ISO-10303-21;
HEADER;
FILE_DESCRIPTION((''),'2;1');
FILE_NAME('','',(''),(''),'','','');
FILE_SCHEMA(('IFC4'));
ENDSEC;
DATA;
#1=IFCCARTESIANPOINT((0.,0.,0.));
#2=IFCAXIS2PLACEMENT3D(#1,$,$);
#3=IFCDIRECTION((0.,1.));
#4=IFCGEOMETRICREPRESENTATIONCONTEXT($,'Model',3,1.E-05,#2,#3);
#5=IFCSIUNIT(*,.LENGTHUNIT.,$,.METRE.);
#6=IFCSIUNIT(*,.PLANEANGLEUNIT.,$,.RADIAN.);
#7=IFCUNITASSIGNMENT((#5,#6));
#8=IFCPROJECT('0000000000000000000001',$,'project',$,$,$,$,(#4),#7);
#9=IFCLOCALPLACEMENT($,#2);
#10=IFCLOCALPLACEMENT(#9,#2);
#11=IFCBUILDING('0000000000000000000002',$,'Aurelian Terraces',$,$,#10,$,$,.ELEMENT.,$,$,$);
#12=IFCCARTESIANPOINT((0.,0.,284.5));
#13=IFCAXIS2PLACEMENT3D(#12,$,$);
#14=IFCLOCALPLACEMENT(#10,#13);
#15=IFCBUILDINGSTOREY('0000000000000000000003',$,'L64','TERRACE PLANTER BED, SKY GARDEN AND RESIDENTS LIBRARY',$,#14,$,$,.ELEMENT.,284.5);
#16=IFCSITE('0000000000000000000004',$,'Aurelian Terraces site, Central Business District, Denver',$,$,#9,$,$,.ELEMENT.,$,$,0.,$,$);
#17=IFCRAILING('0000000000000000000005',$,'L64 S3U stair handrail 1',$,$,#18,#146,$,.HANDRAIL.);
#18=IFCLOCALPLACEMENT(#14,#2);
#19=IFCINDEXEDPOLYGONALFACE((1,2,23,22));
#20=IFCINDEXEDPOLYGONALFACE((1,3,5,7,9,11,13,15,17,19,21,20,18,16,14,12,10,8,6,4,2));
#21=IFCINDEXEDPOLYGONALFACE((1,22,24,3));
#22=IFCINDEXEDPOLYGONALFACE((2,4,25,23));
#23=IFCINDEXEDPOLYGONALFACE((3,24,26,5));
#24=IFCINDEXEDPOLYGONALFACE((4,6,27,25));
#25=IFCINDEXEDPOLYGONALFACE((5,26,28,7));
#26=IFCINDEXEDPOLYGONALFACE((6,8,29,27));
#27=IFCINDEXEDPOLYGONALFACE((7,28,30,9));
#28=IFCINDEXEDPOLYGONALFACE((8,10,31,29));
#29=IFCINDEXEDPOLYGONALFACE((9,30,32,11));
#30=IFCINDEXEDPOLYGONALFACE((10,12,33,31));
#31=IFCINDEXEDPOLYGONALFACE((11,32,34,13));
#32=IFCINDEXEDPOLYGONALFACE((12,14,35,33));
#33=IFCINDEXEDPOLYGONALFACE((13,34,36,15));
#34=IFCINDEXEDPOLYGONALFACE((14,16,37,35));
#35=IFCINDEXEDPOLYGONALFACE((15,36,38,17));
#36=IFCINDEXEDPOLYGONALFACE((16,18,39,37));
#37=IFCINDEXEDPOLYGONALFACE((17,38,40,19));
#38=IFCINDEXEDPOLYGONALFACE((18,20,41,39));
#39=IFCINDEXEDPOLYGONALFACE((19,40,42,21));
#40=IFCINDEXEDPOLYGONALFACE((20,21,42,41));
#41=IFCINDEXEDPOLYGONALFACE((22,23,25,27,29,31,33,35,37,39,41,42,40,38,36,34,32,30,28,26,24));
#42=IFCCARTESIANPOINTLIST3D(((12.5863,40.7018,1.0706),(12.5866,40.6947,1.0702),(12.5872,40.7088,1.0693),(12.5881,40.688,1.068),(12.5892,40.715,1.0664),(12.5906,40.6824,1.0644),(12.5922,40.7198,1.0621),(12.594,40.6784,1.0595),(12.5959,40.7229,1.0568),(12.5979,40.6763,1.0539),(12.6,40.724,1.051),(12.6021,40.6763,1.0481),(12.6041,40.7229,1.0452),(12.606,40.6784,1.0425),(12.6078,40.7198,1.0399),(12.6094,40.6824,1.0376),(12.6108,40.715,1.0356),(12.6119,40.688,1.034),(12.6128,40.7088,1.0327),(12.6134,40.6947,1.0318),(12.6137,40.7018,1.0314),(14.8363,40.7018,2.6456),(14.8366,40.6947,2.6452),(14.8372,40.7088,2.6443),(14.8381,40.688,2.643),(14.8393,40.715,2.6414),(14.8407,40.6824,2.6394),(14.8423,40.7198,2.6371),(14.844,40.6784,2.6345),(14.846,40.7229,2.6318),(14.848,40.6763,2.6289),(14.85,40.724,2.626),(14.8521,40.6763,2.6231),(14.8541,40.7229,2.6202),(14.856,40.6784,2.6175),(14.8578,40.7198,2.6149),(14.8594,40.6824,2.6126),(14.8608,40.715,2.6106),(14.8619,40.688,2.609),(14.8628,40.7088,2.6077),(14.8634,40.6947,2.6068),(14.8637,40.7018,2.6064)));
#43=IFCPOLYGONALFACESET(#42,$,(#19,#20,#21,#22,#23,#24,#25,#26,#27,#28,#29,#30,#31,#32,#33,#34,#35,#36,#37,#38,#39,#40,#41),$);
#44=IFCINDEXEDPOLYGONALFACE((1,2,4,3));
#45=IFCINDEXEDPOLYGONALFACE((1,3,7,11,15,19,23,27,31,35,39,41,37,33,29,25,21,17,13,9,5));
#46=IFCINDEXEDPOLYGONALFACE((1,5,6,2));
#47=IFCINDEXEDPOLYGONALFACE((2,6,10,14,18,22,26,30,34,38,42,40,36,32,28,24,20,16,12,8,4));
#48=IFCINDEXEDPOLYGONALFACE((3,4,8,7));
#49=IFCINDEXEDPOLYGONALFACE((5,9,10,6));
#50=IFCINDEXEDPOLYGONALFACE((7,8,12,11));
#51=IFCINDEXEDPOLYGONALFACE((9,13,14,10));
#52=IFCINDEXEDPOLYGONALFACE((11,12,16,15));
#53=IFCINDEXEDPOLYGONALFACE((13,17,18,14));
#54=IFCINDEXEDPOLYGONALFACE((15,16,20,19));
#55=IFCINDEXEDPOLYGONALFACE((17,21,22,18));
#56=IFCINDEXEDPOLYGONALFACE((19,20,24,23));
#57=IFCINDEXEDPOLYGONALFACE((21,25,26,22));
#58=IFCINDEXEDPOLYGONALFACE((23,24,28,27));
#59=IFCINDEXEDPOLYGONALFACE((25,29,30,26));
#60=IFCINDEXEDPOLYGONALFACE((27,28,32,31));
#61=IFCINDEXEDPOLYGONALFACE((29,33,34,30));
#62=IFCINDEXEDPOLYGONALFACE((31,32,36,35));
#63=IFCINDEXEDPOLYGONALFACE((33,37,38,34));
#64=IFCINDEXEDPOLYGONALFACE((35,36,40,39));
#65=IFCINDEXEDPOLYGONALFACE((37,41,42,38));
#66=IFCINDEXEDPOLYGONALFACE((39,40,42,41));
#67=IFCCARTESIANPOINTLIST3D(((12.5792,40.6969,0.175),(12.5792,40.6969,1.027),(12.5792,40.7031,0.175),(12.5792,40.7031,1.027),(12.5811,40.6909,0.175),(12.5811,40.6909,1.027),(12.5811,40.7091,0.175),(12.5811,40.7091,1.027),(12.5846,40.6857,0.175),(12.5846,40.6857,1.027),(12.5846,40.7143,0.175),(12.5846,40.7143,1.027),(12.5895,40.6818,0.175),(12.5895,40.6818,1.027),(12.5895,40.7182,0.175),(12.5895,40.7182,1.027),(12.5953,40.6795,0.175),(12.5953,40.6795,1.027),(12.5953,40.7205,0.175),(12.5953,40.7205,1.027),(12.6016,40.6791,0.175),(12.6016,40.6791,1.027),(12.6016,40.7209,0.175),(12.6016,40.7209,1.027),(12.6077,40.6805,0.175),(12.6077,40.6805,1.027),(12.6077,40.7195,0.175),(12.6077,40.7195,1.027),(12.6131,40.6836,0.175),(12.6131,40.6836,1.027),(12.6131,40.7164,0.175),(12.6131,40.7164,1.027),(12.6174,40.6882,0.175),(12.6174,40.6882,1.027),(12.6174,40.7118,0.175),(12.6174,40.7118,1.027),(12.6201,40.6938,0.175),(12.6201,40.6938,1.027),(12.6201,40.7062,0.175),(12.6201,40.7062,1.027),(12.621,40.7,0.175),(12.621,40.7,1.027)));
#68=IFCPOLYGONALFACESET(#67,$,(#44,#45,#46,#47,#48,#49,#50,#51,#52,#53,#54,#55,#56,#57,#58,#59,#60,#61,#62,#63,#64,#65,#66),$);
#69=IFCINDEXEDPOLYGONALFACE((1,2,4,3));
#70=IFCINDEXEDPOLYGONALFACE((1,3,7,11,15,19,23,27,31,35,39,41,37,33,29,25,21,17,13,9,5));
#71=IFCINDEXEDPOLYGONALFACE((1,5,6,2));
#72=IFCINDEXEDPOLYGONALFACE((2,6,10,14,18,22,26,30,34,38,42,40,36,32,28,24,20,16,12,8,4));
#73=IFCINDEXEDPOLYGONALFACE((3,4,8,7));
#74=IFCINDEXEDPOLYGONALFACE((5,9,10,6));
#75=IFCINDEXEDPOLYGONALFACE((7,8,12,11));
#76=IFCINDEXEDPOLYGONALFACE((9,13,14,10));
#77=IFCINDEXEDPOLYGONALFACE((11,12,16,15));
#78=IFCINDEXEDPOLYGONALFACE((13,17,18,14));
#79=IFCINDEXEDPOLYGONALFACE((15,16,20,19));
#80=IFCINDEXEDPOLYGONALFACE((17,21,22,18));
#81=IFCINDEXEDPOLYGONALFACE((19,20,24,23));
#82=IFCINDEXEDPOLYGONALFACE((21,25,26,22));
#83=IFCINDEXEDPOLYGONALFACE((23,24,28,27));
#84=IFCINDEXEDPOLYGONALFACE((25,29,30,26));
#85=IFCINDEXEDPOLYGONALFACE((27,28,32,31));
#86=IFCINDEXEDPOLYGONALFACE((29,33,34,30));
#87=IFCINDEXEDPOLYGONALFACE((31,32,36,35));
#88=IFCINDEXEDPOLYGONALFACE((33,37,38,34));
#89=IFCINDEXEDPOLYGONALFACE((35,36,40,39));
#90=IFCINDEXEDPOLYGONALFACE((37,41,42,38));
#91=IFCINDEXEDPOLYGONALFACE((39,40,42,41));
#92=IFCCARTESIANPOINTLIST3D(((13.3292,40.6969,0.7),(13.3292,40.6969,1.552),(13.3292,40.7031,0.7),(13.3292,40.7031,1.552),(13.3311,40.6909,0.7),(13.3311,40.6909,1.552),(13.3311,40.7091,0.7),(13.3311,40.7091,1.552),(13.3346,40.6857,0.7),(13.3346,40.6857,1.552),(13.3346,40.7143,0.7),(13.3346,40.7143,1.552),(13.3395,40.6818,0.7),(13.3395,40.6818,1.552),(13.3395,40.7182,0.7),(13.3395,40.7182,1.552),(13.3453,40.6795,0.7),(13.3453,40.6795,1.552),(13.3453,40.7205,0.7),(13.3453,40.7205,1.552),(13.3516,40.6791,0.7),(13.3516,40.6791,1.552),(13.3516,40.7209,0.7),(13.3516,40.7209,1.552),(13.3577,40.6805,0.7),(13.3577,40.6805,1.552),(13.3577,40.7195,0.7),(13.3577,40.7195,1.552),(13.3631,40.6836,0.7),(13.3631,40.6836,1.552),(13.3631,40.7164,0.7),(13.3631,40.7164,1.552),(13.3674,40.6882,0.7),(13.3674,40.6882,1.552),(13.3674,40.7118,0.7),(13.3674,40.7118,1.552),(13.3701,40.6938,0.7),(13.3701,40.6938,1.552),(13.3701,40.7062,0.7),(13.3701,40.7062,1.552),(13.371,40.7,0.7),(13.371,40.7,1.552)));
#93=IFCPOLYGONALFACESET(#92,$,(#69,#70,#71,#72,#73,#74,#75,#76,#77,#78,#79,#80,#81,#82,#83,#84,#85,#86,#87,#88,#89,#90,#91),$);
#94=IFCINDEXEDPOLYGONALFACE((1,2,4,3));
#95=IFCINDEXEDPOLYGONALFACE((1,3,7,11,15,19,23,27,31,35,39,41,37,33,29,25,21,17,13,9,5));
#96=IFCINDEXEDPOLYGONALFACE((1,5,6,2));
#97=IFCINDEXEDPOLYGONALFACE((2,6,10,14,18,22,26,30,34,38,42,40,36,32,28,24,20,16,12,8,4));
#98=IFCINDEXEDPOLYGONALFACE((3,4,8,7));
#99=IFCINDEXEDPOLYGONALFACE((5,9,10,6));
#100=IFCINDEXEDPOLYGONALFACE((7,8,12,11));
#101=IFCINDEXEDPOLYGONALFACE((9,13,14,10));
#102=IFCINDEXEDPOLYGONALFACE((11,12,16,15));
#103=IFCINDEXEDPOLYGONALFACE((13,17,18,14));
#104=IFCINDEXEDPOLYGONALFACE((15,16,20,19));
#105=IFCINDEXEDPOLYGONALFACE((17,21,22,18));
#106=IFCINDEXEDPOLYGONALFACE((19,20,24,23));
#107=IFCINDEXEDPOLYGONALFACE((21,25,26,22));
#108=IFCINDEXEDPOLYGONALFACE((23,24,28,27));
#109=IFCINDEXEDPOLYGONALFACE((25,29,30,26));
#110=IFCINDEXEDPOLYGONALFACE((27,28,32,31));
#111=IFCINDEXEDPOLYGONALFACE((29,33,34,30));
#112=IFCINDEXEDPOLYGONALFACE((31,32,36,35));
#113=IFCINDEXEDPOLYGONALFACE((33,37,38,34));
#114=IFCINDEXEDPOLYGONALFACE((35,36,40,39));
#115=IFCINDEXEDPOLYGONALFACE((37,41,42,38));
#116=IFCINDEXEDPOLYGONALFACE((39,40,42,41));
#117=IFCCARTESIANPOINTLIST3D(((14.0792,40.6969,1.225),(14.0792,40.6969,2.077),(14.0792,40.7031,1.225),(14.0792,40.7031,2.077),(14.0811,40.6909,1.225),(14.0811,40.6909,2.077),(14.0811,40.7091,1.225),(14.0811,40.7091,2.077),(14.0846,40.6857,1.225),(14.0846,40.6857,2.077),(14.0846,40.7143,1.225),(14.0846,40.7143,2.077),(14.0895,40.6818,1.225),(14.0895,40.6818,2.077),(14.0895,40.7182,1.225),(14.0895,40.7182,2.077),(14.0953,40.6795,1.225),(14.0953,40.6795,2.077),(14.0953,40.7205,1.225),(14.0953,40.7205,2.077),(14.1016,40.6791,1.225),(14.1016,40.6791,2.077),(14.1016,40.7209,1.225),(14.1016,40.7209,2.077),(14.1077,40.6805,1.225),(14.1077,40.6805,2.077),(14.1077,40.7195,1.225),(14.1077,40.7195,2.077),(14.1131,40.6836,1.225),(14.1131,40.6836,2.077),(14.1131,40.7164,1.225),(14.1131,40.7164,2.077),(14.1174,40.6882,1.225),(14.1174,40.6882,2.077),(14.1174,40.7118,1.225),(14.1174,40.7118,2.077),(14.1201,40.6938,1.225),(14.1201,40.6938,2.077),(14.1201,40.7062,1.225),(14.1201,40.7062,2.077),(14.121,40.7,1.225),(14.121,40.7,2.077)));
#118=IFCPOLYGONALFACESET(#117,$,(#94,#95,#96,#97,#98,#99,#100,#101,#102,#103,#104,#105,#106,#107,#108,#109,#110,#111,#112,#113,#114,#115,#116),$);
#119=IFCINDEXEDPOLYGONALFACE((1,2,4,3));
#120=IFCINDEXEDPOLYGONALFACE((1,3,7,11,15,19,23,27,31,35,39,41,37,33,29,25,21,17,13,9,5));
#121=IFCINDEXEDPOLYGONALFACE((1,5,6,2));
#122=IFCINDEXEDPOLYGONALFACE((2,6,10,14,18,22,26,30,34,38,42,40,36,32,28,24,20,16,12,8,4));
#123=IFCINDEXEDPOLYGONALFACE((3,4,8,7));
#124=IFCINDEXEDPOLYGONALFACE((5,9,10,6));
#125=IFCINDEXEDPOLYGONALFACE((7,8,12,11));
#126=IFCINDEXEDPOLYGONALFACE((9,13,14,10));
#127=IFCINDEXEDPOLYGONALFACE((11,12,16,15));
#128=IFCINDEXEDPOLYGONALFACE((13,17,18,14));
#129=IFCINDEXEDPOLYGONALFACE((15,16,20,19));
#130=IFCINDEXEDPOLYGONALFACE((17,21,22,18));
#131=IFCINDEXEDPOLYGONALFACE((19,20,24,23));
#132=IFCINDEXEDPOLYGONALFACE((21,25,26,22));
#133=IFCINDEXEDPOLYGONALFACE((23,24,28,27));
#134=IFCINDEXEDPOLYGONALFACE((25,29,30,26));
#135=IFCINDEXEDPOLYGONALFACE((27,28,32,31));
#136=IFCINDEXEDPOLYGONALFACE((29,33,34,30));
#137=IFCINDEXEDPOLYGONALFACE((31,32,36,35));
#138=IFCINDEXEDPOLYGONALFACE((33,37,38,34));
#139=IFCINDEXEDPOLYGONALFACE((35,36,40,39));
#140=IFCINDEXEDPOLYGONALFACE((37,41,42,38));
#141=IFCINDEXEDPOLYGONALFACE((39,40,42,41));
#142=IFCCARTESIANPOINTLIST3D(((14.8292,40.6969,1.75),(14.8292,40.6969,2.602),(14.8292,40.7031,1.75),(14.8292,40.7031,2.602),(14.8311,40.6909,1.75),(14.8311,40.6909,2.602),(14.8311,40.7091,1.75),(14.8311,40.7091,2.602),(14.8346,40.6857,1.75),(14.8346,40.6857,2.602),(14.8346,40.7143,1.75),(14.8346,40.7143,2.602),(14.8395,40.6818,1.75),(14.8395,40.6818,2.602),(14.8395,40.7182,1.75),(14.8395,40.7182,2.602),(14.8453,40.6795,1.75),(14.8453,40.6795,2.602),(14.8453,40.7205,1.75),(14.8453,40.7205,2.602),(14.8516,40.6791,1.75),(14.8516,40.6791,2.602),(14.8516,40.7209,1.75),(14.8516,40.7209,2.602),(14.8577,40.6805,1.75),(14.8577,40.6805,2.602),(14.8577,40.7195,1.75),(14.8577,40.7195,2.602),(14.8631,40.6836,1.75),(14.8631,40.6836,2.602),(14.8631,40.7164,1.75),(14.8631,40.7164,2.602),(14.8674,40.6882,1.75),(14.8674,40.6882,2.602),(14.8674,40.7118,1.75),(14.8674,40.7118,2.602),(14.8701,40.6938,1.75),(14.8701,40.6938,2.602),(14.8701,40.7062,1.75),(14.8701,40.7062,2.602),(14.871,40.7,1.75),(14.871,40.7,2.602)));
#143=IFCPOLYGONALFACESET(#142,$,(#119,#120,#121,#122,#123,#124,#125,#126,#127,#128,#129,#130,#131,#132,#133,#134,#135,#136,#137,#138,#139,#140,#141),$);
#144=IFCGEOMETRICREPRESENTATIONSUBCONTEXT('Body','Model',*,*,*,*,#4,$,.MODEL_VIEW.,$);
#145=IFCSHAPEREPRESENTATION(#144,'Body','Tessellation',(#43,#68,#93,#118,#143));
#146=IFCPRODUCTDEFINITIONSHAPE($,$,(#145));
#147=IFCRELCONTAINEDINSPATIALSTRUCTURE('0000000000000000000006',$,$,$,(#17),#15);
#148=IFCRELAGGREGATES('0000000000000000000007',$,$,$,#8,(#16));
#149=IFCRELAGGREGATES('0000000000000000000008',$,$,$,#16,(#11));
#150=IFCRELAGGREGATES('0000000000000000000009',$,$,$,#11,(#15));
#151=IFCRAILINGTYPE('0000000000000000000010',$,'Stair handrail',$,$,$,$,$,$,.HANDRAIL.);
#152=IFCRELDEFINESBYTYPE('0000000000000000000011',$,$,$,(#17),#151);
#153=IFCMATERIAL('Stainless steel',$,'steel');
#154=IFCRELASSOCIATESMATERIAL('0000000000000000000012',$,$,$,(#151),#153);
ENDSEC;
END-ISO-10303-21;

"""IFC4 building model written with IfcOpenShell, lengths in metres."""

from ifc_helpers import new_model, si_unit, direction, frame, origin, origin_2d, place, context, subcontext, project, spatial, circle, extrude, material, type_object, element, save


model = new_model("IFC4")

# Units and contexts
model_context = context("Model", 3, precision=1e-05, world=origin(), true_north=direction((0.0, 1.0)))
body_context = subcontext(model_context, "Body", "Model", "MODEL_VIEW")
ifc_project = project(units=[si_unit("LENGTHUNIT", "METRE"), si_unit("PLANEANGLEUNIT", "RADIAN")], contexts=[model_context])

# Site, building, storey
site_placement = place(None, origin())
site = spatial("IfcSite", under=ifc_project, at=site_placement, Name="Aurelian Terraces site, Central Business District, Denver", CompositionType="ELEMENT", RefElevation=0.0)
building_placement = place(site_placement, origin())
building = spatial("IfcBuilding", under=site, at=building_placement, Name="Aurelian Terraces", CompositionType="ELEMENT")
storey_placement = place(building_placement, frame((0.0, 0.0, 284.5)))
storey = spatial("IfcBuildingStorey", under=building, at=storey_placement, Name="L64", Description="TERRACE PLANTER BED, SKY GARDEN AND RESIDENTS LIBRARY", CompositionType="ELEMENT", Elevation=284.5)

# Railing
ifc_material_1 = material(Name="Stainless steel", Category="steel")
railing_type_1 = type_object("IfcRailingType", Name="Stair handrail", PredefinedType="HANDRAIL", material=ifc_material_1)
railing_1_placement = place(storey_placement, frame((12.6, 40.7, 0.175)))
element("IfcRailing", 1, at=railing_1_placement, inside=storey, type_object=railing_type_1, Name="L64 S3U stair handrail 1", PredefinedType="HANDRAIL", context=body_context, shape_type="SweptSolid", body=[
    extrude(circle(Radius=0.024, at=origin_2d()), frame((0.0, 0.0, 0.876), z_axis=(0.819232, 0.0, 0.573462), x_axis=(0.0, 1.0, 0.0)), (0.0, 0.0, 1.0), 2.7465),
    extrude(circle(Radius=0.021, at=origin_2d()), origin(), (0.0, 0.0, 1.0), 0.852),
    extrude(circle(Radius=0.021, at=origin_2d()), frame((0.75, 0.0, 0.525)), (0.0, 0.0, 1.0), 0.852),
    extrude(circle(Radius=0.021, at=origin_2d()), frame((1.5, 0.0, 1.05)), (0.0, 0.0, 1.0), 0.852),
    extrude(circle(Radius=0.021, at=origin_2d()), frame((2.25, 0.0, 1.575)), (0.0, 0.0, 1.0), 0.852),
])

save(model, "model.ifc")
